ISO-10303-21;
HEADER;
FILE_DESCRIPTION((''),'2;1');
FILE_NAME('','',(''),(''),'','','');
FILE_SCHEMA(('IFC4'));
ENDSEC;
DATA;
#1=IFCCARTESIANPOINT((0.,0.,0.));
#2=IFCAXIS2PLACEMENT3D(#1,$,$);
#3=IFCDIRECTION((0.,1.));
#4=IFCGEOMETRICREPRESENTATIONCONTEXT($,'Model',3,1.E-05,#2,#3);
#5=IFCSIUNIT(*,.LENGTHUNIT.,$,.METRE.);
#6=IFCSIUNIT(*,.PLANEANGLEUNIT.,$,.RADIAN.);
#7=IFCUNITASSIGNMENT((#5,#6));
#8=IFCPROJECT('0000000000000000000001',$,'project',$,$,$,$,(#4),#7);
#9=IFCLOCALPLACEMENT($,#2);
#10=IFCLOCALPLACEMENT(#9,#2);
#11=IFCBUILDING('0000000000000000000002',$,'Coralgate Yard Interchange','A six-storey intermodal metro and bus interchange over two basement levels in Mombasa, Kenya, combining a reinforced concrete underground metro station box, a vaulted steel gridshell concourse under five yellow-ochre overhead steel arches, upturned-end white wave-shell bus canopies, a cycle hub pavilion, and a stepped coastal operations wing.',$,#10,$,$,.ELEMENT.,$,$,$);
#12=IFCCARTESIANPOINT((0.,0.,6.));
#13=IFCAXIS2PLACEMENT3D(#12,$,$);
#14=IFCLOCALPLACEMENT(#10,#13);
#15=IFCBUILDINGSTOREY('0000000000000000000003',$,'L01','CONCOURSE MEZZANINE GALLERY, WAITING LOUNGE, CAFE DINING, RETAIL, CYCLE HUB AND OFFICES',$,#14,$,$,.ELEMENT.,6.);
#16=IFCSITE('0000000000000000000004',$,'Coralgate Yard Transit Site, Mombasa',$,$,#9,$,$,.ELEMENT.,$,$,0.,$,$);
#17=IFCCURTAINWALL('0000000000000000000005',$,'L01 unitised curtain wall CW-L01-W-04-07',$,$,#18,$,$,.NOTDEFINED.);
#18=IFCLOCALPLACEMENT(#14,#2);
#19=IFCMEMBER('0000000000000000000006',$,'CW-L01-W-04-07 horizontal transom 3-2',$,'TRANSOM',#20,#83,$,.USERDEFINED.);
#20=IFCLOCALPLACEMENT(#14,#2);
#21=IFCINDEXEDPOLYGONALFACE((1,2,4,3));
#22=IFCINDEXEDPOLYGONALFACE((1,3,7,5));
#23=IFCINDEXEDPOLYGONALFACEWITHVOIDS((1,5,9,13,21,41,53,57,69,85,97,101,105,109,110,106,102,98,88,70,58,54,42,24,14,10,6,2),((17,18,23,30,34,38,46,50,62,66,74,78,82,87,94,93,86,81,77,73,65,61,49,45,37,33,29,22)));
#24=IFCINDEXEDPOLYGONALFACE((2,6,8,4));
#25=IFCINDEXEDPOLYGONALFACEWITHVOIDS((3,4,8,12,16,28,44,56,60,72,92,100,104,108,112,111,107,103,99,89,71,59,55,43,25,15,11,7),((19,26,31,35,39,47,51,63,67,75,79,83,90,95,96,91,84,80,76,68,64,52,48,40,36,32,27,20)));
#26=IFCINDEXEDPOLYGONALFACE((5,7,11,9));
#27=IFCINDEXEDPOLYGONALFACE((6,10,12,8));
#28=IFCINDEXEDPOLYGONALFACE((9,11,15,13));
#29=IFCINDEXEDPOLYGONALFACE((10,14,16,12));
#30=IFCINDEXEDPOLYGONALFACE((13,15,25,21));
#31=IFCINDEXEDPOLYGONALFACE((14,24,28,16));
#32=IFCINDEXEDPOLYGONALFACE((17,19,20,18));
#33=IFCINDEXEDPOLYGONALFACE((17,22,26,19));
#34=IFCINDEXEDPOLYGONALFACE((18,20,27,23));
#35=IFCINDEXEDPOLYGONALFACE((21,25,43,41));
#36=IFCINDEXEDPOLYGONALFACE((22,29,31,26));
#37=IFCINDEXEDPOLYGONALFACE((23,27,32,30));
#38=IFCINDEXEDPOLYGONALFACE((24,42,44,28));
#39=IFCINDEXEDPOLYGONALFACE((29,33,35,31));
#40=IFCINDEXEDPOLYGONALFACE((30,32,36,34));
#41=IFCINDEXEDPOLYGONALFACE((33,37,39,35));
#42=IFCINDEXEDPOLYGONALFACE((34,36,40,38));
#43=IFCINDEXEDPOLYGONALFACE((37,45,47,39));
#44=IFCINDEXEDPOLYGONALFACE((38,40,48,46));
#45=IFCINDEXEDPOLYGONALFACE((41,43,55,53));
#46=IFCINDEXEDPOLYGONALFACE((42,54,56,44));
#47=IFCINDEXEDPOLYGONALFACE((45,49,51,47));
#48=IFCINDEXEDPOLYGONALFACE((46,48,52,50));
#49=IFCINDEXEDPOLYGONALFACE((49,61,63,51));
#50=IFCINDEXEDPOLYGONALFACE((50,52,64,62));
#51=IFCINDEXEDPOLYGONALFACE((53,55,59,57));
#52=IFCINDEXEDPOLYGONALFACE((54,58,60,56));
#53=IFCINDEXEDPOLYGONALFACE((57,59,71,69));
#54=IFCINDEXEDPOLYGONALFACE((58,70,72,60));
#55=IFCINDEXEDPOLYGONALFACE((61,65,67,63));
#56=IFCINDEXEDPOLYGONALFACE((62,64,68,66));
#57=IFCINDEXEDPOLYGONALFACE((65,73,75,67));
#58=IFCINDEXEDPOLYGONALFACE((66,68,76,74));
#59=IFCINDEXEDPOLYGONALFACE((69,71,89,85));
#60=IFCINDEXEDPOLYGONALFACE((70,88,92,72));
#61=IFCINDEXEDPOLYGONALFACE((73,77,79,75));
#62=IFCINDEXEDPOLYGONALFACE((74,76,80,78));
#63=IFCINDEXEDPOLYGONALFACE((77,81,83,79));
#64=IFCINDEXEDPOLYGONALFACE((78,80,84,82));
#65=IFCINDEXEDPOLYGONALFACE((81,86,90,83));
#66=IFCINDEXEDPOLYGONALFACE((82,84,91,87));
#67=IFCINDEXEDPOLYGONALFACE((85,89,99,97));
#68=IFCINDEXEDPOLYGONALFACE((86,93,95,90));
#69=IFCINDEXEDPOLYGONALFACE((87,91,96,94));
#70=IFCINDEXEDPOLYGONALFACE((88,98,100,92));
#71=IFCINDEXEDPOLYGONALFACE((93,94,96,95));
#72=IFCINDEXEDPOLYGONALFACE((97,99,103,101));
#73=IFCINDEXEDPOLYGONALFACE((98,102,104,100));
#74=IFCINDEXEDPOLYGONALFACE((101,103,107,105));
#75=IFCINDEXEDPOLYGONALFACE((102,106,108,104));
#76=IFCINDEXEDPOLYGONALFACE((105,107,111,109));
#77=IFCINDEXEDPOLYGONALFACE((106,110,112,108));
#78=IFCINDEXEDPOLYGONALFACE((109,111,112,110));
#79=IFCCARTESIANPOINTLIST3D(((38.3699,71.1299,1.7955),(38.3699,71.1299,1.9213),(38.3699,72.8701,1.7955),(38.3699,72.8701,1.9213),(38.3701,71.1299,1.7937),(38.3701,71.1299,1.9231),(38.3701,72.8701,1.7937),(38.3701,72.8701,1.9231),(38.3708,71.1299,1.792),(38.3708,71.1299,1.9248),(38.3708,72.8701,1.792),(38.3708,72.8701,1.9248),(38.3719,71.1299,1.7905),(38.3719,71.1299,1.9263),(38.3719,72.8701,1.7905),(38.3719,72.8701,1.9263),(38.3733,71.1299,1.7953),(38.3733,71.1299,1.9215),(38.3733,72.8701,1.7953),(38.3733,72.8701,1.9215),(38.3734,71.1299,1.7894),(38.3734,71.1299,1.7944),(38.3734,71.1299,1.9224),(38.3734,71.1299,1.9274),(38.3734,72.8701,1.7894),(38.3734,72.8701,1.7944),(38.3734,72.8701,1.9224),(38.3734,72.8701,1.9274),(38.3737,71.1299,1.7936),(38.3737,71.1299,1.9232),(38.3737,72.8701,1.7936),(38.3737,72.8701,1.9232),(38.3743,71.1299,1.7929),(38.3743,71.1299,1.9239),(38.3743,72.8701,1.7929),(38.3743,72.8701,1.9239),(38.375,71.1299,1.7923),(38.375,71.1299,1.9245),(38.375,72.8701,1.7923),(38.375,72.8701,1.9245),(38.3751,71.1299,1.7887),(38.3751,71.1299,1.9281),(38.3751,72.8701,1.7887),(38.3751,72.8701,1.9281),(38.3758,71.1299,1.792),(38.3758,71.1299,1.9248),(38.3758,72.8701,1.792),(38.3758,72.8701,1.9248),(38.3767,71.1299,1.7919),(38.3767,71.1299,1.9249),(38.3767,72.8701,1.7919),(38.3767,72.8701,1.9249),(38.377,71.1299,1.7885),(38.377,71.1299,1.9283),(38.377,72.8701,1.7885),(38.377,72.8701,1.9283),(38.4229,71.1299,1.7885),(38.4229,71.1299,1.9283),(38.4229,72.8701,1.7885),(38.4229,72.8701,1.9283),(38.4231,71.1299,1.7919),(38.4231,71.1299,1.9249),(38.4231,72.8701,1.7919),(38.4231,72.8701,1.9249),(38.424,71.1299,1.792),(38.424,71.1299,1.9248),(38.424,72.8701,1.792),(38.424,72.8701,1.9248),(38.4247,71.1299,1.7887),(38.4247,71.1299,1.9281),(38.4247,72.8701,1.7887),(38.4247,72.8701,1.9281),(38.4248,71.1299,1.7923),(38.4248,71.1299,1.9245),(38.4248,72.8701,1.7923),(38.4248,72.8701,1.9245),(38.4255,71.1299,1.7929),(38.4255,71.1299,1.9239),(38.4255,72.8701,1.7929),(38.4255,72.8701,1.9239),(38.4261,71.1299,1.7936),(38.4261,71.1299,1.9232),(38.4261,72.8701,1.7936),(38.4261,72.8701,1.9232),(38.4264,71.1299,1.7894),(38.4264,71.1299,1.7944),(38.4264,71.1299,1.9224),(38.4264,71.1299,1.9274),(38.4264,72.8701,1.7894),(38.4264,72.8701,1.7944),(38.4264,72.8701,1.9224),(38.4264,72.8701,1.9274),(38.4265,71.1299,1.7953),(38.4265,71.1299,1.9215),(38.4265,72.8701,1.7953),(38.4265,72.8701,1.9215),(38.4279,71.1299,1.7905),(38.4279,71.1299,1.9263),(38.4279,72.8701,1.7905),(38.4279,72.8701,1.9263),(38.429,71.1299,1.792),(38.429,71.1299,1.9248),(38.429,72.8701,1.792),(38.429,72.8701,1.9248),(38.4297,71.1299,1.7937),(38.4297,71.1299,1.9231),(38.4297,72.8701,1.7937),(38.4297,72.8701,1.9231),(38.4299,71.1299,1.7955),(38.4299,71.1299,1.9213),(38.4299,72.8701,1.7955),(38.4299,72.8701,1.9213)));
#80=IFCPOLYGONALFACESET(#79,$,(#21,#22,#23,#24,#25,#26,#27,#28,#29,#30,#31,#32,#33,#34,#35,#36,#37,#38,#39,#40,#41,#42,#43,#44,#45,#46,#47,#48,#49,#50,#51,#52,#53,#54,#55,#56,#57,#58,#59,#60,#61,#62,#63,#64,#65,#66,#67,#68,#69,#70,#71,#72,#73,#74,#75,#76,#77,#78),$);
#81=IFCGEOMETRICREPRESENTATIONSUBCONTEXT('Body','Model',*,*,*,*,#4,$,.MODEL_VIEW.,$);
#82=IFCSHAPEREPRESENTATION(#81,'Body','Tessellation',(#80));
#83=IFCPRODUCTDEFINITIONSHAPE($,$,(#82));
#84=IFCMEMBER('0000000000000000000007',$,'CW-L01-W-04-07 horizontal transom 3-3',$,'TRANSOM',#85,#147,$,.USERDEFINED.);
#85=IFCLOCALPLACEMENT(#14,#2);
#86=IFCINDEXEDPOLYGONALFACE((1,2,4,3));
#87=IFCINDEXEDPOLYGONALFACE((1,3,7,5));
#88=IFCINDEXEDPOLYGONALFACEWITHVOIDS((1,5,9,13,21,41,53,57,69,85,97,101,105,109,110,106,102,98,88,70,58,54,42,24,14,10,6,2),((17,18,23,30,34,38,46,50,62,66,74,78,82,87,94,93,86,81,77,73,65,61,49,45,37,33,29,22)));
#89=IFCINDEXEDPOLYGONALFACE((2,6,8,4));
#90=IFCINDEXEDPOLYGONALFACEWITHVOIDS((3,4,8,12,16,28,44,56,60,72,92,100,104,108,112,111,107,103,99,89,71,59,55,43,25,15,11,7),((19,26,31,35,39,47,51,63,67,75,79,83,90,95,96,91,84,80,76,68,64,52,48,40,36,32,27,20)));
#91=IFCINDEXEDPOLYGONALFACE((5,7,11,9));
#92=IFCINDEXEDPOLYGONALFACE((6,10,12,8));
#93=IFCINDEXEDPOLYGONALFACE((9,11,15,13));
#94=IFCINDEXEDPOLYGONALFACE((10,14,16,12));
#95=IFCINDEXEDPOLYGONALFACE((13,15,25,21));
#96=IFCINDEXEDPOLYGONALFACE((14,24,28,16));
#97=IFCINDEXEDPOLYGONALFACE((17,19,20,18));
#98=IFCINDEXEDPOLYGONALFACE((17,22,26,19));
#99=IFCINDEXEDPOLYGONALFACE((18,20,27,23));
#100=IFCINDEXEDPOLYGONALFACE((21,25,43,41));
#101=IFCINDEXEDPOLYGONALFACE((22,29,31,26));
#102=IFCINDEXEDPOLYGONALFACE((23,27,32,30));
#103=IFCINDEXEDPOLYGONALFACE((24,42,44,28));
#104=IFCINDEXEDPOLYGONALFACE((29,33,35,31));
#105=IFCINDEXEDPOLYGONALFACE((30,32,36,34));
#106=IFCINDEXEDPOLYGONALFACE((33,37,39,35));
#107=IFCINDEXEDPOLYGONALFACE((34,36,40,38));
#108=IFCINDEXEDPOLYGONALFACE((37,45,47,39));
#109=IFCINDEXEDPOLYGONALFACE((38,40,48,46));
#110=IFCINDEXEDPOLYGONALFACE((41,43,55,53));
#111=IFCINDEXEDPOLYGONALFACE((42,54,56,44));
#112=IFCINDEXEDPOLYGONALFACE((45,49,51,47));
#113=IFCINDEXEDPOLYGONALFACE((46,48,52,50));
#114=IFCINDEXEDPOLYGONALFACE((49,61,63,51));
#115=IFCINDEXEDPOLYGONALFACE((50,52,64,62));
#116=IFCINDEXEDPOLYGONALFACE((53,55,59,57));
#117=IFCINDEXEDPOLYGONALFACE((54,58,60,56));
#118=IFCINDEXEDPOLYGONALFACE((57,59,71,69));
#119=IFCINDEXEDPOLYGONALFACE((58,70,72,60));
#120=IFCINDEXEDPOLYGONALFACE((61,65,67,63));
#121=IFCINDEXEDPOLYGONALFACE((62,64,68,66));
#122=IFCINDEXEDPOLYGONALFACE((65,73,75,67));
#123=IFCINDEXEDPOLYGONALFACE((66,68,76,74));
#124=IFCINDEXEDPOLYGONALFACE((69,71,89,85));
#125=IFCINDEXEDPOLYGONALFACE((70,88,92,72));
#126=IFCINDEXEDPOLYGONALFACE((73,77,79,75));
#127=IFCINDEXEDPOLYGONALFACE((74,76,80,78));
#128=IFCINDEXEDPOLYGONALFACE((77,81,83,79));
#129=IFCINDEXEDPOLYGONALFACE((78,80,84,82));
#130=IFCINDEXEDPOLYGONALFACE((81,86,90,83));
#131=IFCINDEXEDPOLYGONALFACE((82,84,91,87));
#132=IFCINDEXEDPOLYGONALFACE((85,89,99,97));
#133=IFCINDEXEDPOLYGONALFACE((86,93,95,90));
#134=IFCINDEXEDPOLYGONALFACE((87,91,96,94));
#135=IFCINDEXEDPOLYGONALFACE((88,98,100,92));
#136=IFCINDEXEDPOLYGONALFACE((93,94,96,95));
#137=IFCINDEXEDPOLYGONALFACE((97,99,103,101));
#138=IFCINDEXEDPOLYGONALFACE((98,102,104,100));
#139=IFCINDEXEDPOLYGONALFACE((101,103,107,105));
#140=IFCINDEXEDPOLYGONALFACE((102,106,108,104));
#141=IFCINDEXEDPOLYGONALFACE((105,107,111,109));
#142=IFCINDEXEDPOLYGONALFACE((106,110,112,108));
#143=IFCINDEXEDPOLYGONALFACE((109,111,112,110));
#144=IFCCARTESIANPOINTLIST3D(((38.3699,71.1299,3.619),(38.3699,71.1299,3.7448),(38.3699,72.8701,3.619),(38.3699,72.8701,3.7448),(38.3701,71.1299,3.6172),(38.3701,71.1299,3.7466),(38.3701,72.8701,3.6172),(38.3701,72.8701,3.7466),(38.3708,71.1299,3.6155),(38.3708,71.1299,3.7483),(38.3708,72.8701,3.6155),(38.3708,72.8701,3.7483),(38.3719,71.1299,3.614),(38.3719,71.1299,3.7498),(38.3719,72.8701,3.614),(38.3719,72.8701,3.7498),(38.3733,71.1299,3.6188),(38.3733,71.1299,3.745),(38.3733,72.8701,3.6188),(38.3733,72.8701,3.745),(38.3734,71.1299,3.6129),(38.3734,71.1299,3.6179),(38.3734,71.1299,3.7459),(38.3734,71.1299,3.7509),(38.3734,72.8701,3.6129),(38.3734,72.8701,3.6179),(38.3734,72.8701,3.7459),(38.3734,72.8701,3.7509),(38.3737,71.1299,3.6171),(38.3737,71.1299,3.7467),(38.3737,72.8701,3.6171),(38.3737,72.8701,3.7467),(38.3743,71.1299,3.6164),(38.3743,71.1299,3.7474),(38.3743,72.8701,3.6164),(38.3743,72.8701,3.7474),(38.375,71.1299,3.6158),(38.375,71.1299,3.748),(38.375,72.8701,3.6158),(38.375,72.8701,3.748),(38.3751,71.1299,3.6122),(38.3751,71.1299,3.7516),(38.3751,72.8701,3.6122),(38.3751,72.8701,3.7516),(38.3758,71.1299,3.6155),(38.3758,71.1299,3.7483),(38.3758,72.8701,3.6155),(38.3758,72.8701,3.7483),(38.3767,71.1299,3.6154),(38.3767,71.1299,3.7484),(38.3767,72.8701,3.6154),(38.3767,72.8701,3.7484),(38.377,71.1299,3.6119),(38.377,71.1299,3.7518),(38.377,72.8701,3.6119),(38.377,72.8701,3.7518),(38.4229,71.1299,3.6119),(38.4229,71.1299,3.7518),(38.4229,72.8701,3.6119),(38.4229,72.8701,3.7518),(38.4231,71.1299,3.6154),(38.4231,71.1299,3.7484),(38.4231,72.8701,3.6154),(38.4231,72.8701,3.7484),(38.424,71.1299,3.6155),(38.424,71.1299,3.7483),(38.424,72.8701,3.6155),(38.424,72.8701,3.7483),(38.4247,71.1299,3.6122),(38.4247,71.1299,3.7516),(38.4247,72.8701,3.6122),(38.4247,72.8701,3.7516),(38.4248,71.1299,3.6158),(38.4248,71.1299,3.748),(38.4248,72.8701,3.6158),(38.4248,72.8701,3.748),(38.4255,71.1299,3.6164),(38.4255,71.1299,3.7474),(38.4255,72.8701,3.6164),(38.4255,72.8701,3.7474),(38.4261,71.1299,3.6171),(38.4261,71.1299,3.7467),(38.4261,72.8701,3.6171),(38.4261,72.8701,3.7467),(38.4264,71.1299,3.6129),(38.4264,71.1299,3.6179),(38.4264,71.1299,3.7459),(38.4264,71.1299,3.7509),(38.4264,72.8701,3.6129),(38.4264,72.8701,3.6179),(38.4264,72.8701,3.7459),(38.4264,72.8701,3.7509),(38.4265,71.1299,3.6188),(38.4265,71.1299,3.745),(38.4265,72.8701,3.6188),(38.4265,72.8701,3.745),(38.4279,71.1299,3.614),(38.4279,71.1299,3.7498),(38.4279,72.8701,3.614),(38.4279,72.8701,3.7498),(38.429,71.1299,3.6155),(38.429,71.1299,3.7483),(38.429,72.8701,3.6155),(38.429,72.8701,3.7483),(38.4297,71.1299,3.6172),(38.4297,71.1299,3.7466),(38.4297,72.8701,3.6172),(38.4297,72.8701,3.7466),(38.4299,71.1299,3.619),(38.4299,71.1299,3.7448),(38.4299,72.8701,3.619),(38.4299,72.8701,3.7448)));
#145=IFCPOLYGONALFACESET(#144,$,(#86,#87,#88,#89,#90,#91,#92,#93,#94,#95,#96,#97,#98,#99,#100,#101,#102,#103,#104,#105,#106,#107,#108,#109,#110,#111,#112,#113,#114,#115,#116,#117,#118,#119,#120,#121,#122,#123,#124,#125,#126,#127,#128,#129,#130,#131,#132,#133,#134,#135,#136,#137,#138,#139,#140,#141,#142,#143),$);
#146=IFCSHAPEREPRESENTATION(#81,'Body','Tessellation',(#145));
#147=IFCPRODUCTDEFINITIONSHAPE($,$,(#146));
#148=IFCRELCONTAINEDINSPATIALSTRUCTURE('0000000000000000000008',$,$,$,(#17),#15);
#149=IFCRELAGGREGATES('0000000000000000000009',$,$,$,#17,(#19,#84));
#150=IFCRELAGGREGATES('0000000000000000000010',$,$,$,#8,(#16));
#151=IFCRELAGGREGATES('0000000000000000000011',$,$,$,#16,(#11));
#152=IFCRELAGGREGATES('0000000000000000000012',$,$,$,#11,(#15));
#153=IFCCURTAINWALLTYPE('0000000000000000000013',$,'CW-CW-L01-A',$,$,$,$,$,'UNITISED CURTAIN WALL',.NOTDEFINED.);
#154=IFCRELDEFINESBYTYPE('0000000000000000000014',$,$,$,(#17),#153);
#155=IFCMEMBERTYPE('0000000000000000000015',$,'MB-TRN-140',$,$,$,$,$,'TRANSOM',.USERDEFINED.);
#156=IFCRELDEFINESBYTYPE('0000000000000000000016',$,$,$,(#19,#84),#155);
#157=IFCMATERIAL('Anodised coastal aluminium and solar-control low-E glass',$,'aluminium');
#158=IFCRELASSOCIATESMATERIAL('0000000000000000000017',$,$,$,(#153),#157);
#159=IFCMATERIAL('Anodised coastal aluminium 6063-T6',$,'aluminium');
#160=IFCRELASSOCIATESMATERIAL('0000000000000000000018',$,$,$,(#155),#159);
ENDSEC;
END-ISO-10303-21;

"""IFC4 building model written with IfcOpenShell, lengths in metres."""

from ifc_helpers import new_model, si_unit, direction, frame, origin, origin_2d, place, context, subcontext, project, spatial, hollow_rectangle, extrude, material, material_profile, profile_set, type_object, element, aggregate, save


model = new_model("IFC4")

# Units and contexts
model_context = context("Model", 3, precision=1e-05, world=origin(), true_north=direction((0.0, 1.0)))
body_context = subcontext(model_context, "Body", "Model", "MODEL_VIEW")
ifc_project = project(units=[si_unit("LENGTHUNIT", "METRE"), si_unit("PLANEANGLEUNIT", "RADIAN")], contexts=[model_context])

# Site, building, storey
site_placement = place(None, origin())
site = spatial("IfcSite", under=ifc_project, at=site_placement, Name="Coralgate Yard Transit Site, Mombasa", CompositionType="ELEMENT", RefElevation=0.0)
building_placement = place(site_placement, origin())
building = spatial("IfcBuilding", under=site, at=building_placement, Name="Coralgate Yard Interchange", Description="A six-storey intermodal metro and bus interchange over two basement levels in Mombasa, Kenya, combining a reinforced concrete underground metro station box, a vaulted steel gridshell concourse under five yellow-ochre overhead steel arches, upturned-end white wave-shell bus canopies, a cycle hub pavilion, and a stepped coastal operations wing.", CompositionType="ELEMENT")
storey_placement = place(building_placement, frame((0.0, 0.0, 6.0)))
storey = spatial("IfcBuildingStorey", under=building, at=storey_placement, Name="L01", Description="CONCOURSE MEZZANINE GALLERY, WAITING LOUNGE, CAFE DINING, RETAIL, CYCLE HUB AND OFFICES", CompositionType="ELEMENT", Elevation=6.0)

# Shared definitions
ifc_material_1 = material(Name="Anodised coastal aluminium and solar-control low-E glass", Category="aluminium")
curtain_wall_type = type_object("IfcCurtainWallType", Name="CW-CW-L01-A", ElementType="UNITISED CURTAIN WALL", PredefinedType="NOTDEFINED", material=ifc_material_1)
ifc_material_2 = material(Name="Anodised coastal aluminium 6063-T6", Category="aluminium")

# Curtain wall, members
curtain_wall_1_placement = place(storey_placement, origin())
curtain_wall_1 = element("IfcCurtainWall", 1, at=curtain_wall_1_placement, inside=storey, type_object=curtain_wall_type, Name="L01 unitised curtain wall CW-L01-W-04-07", PredefinedType="NOTDEFINED")
ifc_material_profile_1 = material_profile(ifc_material_2, hollow_rectangle(XDim=0.0601, YDim=0.1399, WallThickness=0.0034, InnerFilletRadius=0.0034, OuterFilletRadius=0.0071, at=origin_2d()), Name="ALU 60x140x3.5")
ifc_profile_set_1 = profile_set([ifc_material_profile_1], Name="Anodised coastal aluminium 6063-T6")
member_type_1 = type_object("IfcMemberType", Name="MB-TRN-140", ElementType="TRANSOM", PredefinedType="USERDEFINED", material=ifc_profile_set_1)
member_1_placement = place(storey_placement, frame((38.3999, 71.1299, 1.8584), z_axis=(0.0, 1.0, 0.0), x_axis=(-1.0, 0.0, 0.0)))
member_1 = element("IfcMember", 2, at=member_1_placement, type_object=member_type_1, Name="CW-L01-W-04-07 horizontal transom 3-2", ObjectType="TRANSOM", PredefinedType="USERDEFINED", context=body_context, shape_type="SweptSolid", body=[
    extrude(hollow_rectangle(XDim=0.0601, YDim=0.1399, WallThickness=0.0034, InnerFilletRadius=0.0034, OuterFilletRadius=0.0071, at=origin_2d()), origin(), (0.0, 0.0, 1.0), 1.7402),
])
member_2_placement = place(storey_placement, frame((38.3999, 71.1299, 3.6819), z_axis=(0.0, 1.0, 0.0), x_axis=(-1.0, 0.0, 0.0)))
member_2 = element("IfcMember", 3, at=member_2_placement, type_object=member_type_1, Name="CW-L01-W-04-07 horizontal transom 3-3", ObjectType="TRANSOM", PredefinedType="USERDEFINED", context=body_context, shape_type="SweptSolid", body=[
    extrude(hollow_rectangle(XDim=0.0601, YDim=0.1399, WallThickness=0.0034, InnerFilletRadius=0.0034, OuterFilletRadius=0.0071, at=origin_2d()), origin(), (0.0, 0.0, 1.0), 1.7402),
])

aggregate(curtain_wall_1, [member_1, member_2])

save(model, "model.ifc")
